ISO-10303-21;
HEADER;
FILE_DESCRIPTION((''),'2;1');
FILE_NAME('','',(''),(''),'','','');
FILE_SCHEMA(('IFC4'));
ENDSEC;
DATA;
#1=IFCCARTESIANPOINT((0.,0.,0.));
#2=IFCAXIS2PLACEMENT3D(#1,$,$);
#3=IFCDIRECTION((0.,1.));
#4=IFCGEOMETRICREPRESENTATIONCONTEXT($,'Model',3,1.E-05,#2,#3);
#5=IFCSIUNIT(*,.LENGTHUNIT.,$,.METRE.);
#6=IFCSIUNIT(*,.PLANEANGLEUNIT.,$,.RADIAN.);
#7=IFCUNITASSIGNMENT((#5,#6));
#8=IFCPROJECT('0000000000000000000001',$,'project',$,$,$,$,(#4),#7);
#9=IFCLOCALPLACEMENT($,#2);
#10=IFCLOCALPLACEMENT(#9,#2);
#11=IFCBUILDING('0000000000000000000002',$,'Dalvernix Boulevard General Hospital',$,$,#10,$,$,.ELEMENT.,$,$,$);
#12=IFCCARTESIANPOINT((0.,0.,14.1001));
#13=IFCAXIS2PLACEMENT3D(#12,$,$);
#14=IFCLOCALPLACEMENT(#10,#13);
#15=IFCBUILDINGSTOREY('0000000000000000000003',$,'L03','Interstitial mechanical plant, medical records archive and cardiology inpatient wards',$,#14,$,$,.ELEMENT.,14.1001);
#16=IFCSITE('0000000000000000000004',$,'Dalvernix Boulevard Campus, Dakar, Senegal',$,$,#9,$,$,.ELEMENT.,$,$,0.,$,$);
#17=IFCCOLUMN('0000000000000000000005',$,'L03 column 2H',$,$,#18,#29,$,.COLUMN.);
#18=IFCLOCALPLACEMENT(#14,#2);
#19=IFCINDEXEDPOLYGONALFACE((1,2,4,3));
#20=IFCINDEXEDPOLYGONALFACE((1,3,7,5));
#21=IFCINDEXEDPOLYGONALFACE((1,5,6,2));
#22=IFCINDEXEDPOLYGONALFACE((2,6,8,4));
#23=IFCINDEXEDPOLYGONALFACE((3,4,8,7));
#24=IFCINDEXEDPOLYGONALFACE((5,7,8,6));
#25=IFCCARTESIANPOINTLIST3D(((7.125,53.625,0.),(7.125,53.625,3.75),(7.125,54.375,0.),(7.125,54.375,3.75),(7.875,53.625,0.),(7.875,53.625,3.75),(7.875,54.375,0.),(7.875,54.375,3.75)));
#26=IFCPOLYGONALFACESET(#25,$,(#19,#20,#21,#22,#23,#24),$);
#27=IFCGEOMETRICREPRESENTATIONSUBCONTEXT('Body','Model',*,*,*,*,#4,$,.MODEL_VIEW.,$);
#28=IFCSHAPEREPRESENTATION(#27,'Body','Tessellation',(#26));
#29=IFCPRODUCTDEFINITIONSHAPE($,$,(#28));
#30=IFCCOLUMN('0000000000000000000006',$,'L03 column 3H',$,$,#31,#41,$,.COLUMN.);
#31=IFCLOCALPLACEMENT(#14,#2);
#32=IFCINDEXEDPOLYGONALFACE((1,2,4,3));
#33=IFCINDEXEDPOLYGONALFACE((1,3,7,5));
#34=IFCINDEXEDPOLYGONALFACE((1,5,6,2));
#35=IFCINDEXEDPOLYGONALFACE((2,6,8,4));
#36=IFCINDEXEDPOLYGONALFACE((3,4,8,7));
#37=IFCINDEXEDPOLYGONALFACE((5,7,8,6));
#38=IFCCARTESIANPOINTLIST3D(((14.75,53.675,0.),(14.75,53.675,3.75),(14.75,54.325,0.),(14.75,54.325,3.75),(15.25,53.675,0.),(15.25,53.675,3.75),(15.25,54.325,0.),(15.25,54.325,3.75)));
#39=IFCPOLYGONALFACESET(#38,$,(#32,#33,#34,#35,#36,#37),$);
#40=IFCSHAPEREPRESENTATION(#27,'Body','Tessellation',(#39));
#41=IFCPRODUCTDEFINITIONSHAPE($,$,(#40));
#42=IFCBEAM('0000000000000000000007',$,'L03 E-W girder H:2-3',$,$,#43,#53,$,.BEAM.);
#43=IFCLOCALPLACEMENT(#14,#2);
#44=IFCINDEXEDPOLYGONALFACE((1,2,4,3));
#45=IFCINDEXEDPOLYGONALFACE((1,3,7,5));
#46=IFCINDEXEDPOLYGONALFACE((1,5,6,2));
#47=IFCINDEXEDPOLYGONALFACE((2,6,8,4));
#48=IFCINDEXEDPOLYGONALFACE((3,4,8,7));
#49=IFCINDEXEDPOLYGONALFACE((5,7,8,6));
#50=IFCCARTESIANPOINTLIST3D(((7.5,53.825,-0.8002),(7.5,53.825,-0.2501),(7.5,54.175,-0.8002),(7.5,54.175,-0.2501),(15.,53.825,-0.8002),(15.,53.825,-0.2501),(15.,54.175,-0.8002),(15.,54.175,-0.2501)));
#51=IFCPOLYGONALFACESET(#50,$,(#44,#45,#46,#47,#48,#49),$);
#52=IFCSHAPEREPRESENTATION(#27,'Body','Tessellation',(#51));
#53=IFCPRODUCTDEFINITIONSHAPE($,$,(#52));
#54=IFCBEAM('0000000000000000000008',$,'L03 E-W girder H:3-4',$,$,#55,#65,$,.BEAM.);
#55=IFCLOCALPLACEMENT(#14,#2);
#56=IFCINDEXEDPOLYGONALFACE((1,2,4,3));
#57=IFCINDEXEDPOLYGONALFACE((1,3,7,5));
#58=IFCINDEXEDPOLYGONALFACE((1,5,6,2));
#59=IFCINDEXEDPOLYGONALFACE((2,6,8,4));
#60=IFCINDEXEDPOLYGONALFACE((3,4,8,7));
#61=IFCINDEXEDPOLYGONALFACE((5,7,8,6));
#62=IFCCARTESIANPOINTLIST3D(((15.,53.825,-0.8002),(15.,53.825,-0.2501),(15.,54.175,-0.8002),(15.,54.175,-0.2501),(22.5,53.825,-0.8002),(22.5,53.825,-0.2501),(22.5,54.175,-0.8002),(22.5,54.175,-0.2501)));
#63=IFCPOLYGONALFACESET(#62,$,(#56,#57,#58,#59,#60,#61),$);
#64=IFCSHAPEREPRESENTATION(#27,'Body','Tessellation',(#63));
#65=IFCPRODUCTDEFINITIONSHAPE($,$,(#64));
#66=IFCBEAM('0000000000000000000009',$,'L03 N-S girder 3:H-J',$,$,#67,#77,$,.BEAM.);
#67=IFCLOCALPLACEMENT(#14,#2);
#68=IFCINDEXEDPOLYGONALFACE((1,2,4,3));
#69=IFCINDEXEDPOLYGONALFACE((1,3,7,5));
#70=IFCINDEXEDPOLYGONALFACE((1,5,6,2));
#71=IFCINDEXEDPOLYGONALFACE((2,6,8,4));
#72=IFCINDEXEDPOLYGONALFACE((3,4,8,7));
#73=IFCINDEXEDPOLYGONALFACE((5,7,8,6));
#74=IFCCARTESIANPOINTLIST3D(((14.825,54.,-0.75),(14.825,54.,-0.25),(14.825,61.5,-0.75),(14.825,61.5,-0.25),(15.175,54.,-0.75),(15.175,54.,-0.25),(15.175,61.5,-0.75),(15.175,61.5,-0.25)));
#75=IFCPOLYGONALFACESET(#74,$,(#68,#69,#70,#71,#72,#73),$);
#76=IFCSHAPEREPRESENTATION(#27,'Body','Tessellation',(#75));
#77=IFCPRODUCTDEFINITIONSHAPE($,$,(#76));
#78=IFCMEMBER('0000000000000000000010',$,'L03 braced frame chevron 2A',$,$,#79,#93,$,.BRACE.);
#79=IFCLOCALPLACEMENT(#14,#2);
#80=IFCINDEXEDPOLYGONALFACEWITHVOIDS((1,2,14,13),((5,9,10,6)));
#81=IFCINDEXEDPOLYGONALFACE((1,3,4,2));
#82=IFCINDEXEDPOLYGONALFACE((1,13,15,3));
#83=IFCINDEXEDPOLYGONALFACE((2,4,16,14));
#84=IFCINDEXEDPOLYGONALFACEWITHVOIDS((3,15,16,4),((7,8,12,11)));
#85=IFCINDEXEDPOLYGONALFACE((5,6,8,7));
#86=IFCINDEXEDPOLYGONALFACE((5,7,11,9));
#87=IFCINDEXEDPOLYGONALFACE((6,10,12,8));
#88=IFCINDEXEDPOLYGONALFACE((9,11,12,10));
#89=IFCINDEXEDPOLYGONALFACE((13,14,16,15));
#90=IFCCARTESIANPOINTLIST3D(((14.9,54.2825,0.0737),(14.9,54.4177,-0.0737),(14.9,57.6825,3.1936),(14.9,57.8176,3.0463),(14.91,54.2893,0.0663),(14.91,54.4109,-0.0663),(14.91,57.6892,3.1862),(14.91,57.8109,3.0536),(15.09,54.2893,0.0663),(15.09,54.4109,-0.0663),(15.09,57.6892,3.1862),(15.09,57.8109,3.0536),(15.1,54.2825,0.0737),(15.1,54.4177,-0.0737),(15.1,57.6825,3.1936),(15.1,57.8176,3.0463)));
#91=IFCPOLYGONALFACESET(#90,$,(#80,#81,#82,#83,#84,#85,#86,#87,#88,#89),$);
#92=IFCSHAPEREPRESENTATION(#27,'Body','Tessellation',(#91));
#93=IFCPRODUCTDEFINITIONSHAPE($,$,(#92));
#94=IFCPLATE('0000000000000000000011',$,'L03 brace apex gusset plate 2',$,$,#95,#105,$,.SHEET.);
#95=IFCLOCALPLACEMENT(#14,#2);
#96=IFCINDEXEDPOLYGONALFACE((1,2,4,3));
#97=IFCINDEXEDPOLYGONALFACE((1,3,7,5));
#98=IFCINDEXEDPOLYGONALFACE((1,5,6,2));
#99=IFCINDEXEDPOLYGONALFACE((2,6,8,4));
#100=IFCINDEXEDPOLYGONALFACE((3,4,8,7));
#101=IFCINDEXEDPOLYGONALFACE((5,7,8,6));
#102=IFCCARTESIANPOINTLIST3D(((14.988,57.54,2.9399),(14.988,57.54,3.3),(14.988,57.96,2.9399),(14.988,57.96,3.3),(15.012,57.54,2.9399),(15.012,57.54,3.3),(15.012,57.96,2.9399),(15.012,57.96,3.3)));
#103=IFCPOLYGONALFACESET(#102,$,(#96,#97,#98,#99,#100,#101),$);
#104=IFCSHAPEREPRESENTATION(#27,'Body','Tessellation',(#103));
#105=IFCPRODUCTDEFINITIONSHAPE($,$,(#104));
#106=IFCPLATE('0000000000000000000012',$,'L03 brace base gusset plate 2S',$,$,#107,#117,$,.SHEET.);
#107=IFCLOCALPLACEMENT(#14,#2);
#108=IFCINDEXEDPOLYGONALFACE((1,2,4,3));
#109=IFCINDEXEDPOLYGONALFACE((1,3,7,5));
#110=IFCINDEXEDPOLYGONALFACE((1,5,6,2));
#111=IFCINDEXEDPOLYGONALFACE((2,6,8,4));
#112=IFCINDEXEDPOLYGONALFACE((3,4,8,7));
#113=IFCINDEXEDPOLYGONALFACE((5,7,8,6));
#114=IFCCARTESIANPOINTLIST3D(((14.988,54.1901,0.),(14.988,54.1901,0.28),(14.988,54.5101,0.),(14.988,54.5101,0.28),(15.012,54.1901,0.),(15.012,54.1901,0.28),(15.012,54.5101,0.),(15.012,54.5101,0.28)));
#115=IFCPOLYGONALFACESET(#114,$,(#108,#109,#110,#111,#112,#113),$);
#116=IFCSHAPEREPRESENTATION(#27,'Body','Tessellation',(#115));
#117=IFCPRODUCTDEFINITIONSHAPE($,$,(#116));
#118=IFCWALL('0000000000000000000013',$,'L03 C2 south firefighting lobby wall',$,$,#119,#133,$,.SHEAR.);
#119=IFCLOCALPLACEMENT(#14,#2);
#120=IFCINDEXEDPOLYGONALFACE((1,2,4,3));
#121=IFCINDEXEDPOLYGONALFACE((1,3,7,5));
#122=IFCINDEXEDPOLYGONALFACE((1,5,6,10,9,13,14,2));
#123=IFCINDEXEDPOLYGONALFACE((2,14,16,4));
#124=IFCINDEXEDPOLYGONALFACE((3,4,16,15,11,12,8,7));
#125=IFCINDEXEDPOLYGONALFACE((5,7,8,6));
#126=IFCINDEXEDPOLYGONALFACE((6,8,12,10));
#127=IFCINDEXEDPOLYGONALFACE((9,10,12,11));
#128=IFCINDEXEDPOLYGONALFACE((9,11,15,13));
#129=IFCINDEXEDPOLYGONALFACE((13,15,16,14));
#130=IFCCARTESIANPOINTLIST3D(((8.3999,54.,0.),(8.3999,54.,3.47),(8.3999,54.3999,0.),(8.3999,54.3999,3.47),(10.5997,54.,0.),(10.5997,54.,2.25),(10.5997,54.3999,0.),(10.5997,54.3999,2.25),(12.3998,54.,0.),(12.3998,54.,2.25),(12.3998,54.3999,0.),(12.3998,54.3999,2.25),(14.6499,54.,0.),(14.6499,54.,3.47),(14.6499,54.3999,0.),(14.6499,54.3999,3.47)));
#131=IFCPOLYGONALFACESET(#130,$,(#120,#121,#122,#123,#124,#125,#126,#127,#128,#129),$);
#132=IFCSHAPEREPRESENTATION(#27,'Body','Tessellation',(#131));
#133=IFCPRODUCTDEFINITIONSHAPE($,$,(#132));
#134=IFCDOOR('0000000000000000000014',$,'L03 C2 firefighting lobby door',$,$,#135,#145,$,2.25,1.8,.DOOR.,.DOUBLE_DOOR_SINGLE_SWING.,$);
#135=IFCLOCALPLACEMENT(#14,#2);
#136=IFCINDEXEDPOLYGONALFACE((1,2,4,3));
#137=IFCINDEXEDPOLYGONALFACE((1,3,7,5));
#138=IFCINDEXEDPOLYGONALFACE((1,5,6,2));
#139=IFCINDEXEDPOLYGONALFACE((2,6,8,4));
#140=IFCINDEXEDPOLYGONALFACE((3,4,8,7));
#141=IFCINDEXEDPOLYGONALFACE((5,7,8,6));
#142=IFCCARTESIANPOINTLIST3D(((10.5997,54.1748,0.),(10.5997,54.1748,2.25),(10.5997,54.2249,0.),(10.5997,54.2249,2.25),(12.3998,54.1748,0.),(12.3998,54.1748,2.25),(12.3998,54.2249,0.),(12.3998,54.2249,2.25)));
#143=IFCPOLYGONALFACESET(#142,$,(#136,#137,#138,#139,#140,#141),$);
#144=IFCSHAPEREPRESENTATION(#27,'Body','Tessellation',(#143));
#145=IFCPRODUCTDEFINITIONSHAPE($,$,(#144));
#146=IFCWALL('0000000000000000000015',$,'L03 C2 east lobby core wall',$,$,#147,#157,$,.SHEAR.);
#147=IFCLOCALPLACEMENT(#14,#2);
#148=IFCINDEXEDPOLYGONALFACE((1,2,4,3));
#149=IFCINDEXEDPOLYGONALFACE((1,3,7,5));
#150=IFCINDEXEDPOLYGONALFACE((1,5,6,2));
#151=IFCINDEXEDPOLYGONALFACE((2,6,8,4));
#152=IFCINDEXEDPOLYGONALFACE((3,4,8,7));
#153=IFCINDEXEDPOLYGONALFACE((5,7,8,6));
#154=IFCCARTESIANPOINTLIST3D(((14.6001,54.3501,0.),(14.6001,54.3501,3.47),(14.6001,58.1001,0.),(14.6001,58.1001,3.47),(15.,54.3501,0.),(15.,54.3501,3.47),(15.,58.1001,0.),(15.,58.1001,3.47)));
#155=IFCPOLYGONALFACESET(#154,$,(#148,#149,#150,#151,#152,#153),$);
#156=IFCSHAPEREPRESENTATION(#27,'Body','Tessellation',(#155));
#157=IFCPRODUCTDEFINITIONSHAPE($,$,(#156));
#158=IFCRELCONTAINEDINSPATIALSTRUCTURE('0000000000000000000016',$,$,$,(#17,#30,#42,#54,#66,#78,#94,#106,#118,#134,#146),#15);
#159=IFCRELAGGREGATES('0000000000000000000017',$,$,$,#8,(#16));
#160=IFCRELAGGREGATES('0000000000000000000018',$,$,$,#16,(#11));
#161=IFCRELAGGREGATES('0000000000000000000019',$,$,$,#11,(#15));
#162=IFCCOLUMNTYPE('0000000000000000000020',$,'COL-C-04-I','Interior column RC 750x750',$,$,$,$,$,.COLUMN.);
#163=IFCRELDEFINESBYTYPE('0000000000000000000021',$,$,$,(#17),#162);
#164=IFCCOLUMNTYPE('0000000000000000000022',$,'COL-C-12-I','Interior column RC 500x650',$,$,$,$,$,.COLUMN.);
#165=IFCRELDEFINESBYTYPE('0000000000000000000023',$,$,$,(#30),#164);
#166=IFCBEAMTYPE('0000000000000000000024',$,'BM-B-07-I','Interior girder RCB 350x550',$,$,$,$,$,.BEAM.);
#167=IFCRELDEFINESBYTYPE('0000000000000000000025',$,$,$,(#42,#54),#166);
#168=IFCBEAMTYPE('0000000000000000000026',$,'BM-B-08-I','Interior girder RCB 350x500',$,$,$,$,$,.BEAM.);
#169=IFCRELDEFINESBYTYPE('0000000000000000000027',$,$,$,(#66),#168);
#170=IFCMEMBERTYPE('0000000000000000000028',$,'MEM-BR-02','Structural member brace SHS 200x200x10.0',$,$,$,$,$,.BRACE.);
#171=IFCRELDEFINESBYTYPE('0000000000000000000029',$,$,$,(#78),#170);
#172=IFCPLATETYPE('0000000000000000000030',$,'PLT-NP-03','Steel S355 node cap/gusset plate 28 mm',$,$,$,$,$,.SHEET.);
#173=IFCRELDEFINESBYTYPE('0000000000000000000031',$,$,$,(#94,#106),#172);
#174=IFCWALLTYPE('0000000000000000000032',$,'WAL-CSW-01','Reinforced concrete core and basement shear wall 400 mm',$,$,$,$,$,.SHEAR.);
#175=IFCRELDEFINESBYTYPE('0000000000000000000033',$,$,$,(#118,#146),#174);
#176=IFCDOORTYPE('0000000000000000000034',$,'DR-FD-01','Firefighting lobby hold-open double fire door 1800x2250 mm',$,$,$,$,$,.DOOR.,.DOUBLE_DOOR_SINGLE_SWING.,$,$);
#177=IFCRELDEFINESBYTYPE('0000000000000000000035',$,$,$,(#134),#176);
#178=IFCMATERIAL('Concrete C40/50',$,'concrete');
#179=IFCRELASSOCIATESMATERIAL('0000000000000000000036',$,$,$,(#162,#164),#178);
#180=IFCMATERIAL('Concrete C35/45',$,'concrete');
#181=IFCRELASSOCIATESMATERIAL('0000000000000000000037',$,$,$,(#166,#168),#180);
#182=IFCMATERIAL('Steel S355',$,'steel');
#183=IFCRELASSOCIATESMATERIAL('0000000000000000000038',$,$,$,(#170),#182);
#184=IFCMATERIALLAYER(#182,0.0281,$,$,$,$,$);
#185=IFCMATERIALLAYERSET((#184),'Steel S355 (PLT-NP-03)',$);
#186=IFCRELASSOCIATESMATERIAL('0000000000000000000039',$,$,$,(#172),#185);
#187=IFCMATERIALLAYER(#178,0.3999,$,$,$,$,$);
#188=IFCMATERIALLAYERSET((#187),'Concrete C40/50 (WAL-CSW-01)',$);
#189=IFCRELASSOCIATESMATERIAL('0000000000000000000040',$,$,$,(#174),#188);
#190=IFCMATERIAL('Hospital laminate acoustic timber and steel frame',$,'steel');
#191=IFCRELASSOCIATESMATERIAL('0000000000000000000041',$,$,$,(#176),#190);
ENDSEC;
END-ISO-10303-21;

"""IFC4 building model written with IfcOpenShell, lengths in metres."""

from ifc_helpers import new_model, si_unit, direction, frame, frame_2d, origin, origin_2d, place, context, subcontext, project, spatial, rectangle, hollow_rectangle, extrude, material, layer, layer_set, material_profile, profile_set, type_object, element, fill, save


model = new_model("IFC4")

# Units and contexts
model_context = context("Model", 3, precision=1e-05, world=origin(), true_north=direction((0.0, 1.0)))
body_context = subcontext(model_context, "Body", "Model", "MODEL_VIEW")
ifc_project = project(units=[si_unit("LENGTHUNIT", "METRE"), si_unit("PLANEANGLEUNIT", "RADIAN")], contexts=[model_context])

# Site, building, storey
site_placement = place(None, origin())
site = spatial("IfcSite", under=ifc_project, at=site_placement, Name="Dalvernix Boulevard Campus, Dakar, Senegal", CompositionType="ELEMENT", RefElevation=0.0)
building_placement = place(site_placement, origin())
building = spatial("IfcBuilding", under=site, at=building_placement, Name="Dalvernix Boulevard General Hospital", CompositionType="ELEMENT")
storey_placement = place(building_placement, frame((0.0, 0.0, 14.1001)))
storey = spatial("IfcBuildingStorey", under=building, at=storey_placement, Name="L03", Description="Interstitial mechanical plant, medical records archive and cardiology inpatient wards", CompositionType="ELEMENT", Elevation=14.1001)

# Columns
ifc_material_1 = material(Name="Concrete C40/50", Category="concrete")
ifc_material_profile_1 = material_profile(ifc_material_1, rectangle(XDim=0.75, YDim=0.75, at=origin_2d()), Name="RC 750x750")
ifc_profile_set_1 = profile_set([ifc_material_profile_1], Name="Concrete C40/50")
column_type_1 = type_object("IfcColumnType", Name="COL-C-04-I", Description="Interior column RC 750x750", PredefinedType="COLUMN", material=ifc_profile_set_1)
column_1_placement = place(storey_placement, frame((7.5, 54.0, 0.0), z_axis=(0.0, 0.0, 1.0), x_axis=(1.0, 0.0, 0.0)))
element("IfcColumn", 1, at=column_1_placement, inside=storey, type_object=column_type_1, Name="L03 column 2H", PredefinedType="COLUMN", context=body_context, shape_type="SweptSolid", body=[
    extrude(rectangle(XDim=0.75, YDim=0.75, at=origin_2d()), origin(), (0.0, 0.0, 1.0), 3.75),
])
ifc_material_profile_2 = material_profile(ifc_material_1, rectangle(XDim=0.5, YDim=0.6499, at=origin_2d()), Name="RC 500x650")
ifc_profile_set_2 = profile_set([ifc_material_profile_2], Name="Concrete C40/50")
column_type_2 = type_object("IfcColumnType", Name="COL-C-12-I", Description="Interior column RC 500x650", PredefinedType="COLUMN", material=ifc_profile_set_2)
column_2_placement = place(storey_placement, frame((15.0, 54.0, 0.0), z_axis=(0.0, 0.0, 1.0), x_axis=(1.0, 0.0, 0.0)))
element("IfcColumn", 2, at=column_2_placement, inside=storey, type_object=column_type_2, Name="L03 column 3H", PredefinedType="COLUMN", context=body_context, shape_type="SweptSolid", body=[
    extrude(rectangle(XDim=0.5, YDim=0.6499, at=origin_2d()), origin(), (0.0, 0.0, 1.0), 3.75),
])

# Beams
ifc_material_2 = material(Name="Concrete C35/45", Category="concrete")
ifc_material_profile_3 = material_profile(ifc_material_2, rectangle(XDim=0.3501, YDim=0.55, at=origin_2d()), Name="RCB 350x550")
ifc_profile_set_3 = profile_set([ifc_material_profile_3], Name="Concrete C35/45")
beam_type_1 = type_object("IfcBeamType", Name="BM-B-07-I", Description="Interior girder RCB 350x550", PredefinedType="BEAM", material=ifc_profile_set_3)
for number, where, z_axis, x_axis, name in (
    (3, (7.5, 54.0, -0.5251), (1.0, 0.0, 0.0), (0.0, 1.0, 0.0), "L03 E-W girder H:2-3"),
    (4, (15.0, 54.0, -0.5251), (1.0, 0.0, 0.0), (0.0, 1.0, 0.0), "L03 E-W girder H:3-4"),
):
    element("IfcBeam", number, at=place(storey_placement, frame(where, z_axis=z_axis, x_axis=x_axis)), inside=storey, type_object=beam_type_1, Name=name, PredefinedType="BEAM", context=body_context, shape_type="SweptSolid", body=[
        extrude(rectangle(XDim=0.3501, YDim=0.55, at=origin_2d()), origin(), (0.0, 0.0, 1.0), 7.5),
    ])
ifc_material_profile_4 = material_profile(ifc_material_2, rectangle(XDim=0.3501, YDim=0.5, at=origin_2d()), Name="RCB 350x500")
ifc_profile_set_4 = profile_set([ifc_material_profile_4], Name="Concrete C35/45")
beam_type_2 = type_object("IfcBeamType", Name="BM-B-08-I", Description="Interior girder RCB 350x500", PredefinedType="BEAM", material=ifc_profile_set_4)
beam_placement = place(storey_placement, frame((15.0, 54.0, -0.5), z_axis=(0.0, 1.0, 0.0), x_axis=(-1.0, 0.0, 0.0)))
element("IfcBeam", 5, at=beam_placement, inside=storey, type_object=beam_type_2, Name="L03 N-S girder 3:H-J", PredefinedType="BEAM", context=body_context, shape_type="SweptSolid", body=[
    extrude(rectangle(XDim=0.3501, YDim=0.5, at=origin_2d()), origin(), (0.0, 0.0, 1.0), 7.5),
])

# Member
ifc_material_3 = material(Name="Steel S355", Category="steel")
ifc_material_profile_5 = material_profile(ifc_material_3, hollow_rectangle(XDim=0.2, YDim=0.2, WallThickness=0.01, at=origin_2d()), Name="SHS 200x200x10.0")
ifc_profile_set_5 = profile_set([ifc_material_profile_5], Name="Steel S355")
member_type = type_object("IfcMemberType", Name="MEM-BR-02", Description="Structural member brace SHS 200x200x10.0", PredefinedType="BRACE", material=ifc_profile_set_5)
member_placement = place(storey_placement, frame((15.0, 54.3501, 0.0), z_axis=(0.0, 0.736798, 0.676113), x_axis=(-1.0, 0.0, 0.0)))
element("IfcMember", 6, at=member_placement, inside=storey, type_object=member_type, Name="L03 braced frame chevron 2A", PredefinedType="BRACE", context=body_context, shape_type="SweptSolid", body=[
    extrude(hollow_rectangle(XDim=0.2, YDim=0.2, WallThickness=0.01, at=origin_2d()), origin(), (0.0, 0.0, 1.0), 4.6145),
])

# Plates
ifc_layer_1 = layer(ifc_material_3, 0.0281)
ifc_layer_set_1 = layer_set([ifc_layer_1], Name="Steel S355 (PLT-NP-03)")
plate_type = type_object("IfcPlateType", Name="PLT-NP-03", Description="Steel S355 node cap/gusset plate 28 mm", PredefinedType="SHEET", material=ifc_layer_set_1)
plate_1_placement = place(storey_placement, frame((15.0, 57.75, 2.9399), z_axis=(0.0, 0.0, 1.0), x_axis=(0.0, 1.0, 0.0)))
element("IfcPlate", 7, at=plate_1_placement, inside=storey, type_object=plate_type, Name="L03 brace apex gusset plate 2", PredefinedType="SHEET", context=body_context, shape_type="SweptSolid", body=[
    extrude(rectangle(XDim=0.4199, YDim=0.0239, at=origin_2d()), origin(), (0.0, 0.0, 1.0), 0.3601),
])
plate_2_placement = place(storey_placement, frame((15.0, 54.3501, 0.0), z_axis=(0.0, 0.0, 1.0), x_axis=(0.0, 1.0, 0.0)))
element("IfcPlate", 8, at=plate_2_placement, inside=storey, type_object=plate_type, Name="L03 brace base gusset plate 2S", PredefinedType="SHEET", context=body_context, shape_type="SweptSolid", body=[
    extrude(rectangle(XDim=0.3201, YDim=0.0239, at=origin_2d()), origin(), (0.0, 0.0, 1.0), 0.28),
])

# Wall, opening, door
ifc_layer_2 = layer(ifc_material_1, 0.3999)
ifc_layer_set_2 = layer_set([ifc_layer_2], Name="Concrete C40/50 (WAL-CSW-01)")
wall_type_1 = type_object("IfcWallType", Name="WAL-CSW-01", Description="Reinforced concrete core and basement shear wall 400 mm", PredefinedType="SHEAR", material=ifc_layer_set_2)
wall_1_placement = place(storey_placement, frame((8.3999, 54.2, 0.0), z_axis=(0.0, 0.0, 1.0), x_axis=(1.0, 0.0, 0.0)))
wall_1 = element("IfcWall", 9, at=wall_1_placement, inside=storey, type_object=wall_type_1, Name="L03 C2 south firefighting lobby wall", PredefinedType="SHEAR", context=body_context, shape_type="SweptSolid", body=[
    extrude(rectangle(XDim=6.25, YDim=0.3999, at=frame_2d((3.125, 0.0))), origin(), (0.0, 0.0, 1.0), 3.47),
])
opening_1_placement = place(wall_1_placement, frame((2.2, 0.0, 0.0)))
opening_1 = element("IfcOpeningElement", 10, at=opening_1_placement, cuts=wall_1, PredefinedType="OPENING", context=body_context, shape_type="SweptSolid", body=[
    extrude(rectangle(XDim=1.8, YDim=2.25, at=frame_2d((0.8999, 1.125))), frame((0.0, 0.21, 0.0), z_axis=(0.0, -1.0, 0.0), x_axis=(1.0, 0.0, 0.0)), (0.0, 0.0, 1.0), 0.4199),
])
ifc_material_4 = material(Name="Hospital laminate acoustic timber and steel frame", Category="steel")
door_type_1 = type_object("IfcDoorType", Name="DR-FD-01", Description="Firefighting lobby hold-open double fire door 1800x2250 mm", OperationType="DOUBLE_DOOR_SINGLE_SWING", PredefinedType="DOOR", material=ifc_material_4)
door_1_placement = place(opening_1_placement, origin())
door_1 = element("IfcDoor", 11, at=door_1_placement, inside=storey, type_object=door_type_1, Name="L03 C2 firefighting lobby door", OperationType="DOUBLE_DOOR_SINGLE_SWING", OverallHeight=2.25, OverallWidth=1.8, PredefinedType="DOOR", context=body_context, shape_type="SweptSolid", body=[
    extrude(rectangle(XDim=1.8, YDim=2.25, at=frame_2d((0.8999, 1.125))), frame((0.0, 0.0249, 0.0), z_axis=(0.0, -1.0, 0.0), x_axis=(1.0, 0.0, 0.0)), (0.0, 0.0, 1.0), 0.05),
])
fill(opening_1, door_1)

# Wall
wall_2_placement = place(storey_placement, frame((14.8, 54.3501, 0.0), z_axis=(0.0, 0.0, 1.0), x_axis=(0.0, 1.0, 0.0)))
element("IfcWall", 12, at=wall_2_placement, inside=storey, type_object=wall_type_1, Name="L03 C2 east lobby core wall", PredefinedType="SHEAR", context=body_context, shape_type="SweptSolid", body=[
    extrude(rectangle(XDim=3.75, YDim=0.3999, at=frame_2d((1.875, 0.0))), origin(), (0.0, 0.0, 1.0), 3.47),
])

save(model, "model.ifc")
